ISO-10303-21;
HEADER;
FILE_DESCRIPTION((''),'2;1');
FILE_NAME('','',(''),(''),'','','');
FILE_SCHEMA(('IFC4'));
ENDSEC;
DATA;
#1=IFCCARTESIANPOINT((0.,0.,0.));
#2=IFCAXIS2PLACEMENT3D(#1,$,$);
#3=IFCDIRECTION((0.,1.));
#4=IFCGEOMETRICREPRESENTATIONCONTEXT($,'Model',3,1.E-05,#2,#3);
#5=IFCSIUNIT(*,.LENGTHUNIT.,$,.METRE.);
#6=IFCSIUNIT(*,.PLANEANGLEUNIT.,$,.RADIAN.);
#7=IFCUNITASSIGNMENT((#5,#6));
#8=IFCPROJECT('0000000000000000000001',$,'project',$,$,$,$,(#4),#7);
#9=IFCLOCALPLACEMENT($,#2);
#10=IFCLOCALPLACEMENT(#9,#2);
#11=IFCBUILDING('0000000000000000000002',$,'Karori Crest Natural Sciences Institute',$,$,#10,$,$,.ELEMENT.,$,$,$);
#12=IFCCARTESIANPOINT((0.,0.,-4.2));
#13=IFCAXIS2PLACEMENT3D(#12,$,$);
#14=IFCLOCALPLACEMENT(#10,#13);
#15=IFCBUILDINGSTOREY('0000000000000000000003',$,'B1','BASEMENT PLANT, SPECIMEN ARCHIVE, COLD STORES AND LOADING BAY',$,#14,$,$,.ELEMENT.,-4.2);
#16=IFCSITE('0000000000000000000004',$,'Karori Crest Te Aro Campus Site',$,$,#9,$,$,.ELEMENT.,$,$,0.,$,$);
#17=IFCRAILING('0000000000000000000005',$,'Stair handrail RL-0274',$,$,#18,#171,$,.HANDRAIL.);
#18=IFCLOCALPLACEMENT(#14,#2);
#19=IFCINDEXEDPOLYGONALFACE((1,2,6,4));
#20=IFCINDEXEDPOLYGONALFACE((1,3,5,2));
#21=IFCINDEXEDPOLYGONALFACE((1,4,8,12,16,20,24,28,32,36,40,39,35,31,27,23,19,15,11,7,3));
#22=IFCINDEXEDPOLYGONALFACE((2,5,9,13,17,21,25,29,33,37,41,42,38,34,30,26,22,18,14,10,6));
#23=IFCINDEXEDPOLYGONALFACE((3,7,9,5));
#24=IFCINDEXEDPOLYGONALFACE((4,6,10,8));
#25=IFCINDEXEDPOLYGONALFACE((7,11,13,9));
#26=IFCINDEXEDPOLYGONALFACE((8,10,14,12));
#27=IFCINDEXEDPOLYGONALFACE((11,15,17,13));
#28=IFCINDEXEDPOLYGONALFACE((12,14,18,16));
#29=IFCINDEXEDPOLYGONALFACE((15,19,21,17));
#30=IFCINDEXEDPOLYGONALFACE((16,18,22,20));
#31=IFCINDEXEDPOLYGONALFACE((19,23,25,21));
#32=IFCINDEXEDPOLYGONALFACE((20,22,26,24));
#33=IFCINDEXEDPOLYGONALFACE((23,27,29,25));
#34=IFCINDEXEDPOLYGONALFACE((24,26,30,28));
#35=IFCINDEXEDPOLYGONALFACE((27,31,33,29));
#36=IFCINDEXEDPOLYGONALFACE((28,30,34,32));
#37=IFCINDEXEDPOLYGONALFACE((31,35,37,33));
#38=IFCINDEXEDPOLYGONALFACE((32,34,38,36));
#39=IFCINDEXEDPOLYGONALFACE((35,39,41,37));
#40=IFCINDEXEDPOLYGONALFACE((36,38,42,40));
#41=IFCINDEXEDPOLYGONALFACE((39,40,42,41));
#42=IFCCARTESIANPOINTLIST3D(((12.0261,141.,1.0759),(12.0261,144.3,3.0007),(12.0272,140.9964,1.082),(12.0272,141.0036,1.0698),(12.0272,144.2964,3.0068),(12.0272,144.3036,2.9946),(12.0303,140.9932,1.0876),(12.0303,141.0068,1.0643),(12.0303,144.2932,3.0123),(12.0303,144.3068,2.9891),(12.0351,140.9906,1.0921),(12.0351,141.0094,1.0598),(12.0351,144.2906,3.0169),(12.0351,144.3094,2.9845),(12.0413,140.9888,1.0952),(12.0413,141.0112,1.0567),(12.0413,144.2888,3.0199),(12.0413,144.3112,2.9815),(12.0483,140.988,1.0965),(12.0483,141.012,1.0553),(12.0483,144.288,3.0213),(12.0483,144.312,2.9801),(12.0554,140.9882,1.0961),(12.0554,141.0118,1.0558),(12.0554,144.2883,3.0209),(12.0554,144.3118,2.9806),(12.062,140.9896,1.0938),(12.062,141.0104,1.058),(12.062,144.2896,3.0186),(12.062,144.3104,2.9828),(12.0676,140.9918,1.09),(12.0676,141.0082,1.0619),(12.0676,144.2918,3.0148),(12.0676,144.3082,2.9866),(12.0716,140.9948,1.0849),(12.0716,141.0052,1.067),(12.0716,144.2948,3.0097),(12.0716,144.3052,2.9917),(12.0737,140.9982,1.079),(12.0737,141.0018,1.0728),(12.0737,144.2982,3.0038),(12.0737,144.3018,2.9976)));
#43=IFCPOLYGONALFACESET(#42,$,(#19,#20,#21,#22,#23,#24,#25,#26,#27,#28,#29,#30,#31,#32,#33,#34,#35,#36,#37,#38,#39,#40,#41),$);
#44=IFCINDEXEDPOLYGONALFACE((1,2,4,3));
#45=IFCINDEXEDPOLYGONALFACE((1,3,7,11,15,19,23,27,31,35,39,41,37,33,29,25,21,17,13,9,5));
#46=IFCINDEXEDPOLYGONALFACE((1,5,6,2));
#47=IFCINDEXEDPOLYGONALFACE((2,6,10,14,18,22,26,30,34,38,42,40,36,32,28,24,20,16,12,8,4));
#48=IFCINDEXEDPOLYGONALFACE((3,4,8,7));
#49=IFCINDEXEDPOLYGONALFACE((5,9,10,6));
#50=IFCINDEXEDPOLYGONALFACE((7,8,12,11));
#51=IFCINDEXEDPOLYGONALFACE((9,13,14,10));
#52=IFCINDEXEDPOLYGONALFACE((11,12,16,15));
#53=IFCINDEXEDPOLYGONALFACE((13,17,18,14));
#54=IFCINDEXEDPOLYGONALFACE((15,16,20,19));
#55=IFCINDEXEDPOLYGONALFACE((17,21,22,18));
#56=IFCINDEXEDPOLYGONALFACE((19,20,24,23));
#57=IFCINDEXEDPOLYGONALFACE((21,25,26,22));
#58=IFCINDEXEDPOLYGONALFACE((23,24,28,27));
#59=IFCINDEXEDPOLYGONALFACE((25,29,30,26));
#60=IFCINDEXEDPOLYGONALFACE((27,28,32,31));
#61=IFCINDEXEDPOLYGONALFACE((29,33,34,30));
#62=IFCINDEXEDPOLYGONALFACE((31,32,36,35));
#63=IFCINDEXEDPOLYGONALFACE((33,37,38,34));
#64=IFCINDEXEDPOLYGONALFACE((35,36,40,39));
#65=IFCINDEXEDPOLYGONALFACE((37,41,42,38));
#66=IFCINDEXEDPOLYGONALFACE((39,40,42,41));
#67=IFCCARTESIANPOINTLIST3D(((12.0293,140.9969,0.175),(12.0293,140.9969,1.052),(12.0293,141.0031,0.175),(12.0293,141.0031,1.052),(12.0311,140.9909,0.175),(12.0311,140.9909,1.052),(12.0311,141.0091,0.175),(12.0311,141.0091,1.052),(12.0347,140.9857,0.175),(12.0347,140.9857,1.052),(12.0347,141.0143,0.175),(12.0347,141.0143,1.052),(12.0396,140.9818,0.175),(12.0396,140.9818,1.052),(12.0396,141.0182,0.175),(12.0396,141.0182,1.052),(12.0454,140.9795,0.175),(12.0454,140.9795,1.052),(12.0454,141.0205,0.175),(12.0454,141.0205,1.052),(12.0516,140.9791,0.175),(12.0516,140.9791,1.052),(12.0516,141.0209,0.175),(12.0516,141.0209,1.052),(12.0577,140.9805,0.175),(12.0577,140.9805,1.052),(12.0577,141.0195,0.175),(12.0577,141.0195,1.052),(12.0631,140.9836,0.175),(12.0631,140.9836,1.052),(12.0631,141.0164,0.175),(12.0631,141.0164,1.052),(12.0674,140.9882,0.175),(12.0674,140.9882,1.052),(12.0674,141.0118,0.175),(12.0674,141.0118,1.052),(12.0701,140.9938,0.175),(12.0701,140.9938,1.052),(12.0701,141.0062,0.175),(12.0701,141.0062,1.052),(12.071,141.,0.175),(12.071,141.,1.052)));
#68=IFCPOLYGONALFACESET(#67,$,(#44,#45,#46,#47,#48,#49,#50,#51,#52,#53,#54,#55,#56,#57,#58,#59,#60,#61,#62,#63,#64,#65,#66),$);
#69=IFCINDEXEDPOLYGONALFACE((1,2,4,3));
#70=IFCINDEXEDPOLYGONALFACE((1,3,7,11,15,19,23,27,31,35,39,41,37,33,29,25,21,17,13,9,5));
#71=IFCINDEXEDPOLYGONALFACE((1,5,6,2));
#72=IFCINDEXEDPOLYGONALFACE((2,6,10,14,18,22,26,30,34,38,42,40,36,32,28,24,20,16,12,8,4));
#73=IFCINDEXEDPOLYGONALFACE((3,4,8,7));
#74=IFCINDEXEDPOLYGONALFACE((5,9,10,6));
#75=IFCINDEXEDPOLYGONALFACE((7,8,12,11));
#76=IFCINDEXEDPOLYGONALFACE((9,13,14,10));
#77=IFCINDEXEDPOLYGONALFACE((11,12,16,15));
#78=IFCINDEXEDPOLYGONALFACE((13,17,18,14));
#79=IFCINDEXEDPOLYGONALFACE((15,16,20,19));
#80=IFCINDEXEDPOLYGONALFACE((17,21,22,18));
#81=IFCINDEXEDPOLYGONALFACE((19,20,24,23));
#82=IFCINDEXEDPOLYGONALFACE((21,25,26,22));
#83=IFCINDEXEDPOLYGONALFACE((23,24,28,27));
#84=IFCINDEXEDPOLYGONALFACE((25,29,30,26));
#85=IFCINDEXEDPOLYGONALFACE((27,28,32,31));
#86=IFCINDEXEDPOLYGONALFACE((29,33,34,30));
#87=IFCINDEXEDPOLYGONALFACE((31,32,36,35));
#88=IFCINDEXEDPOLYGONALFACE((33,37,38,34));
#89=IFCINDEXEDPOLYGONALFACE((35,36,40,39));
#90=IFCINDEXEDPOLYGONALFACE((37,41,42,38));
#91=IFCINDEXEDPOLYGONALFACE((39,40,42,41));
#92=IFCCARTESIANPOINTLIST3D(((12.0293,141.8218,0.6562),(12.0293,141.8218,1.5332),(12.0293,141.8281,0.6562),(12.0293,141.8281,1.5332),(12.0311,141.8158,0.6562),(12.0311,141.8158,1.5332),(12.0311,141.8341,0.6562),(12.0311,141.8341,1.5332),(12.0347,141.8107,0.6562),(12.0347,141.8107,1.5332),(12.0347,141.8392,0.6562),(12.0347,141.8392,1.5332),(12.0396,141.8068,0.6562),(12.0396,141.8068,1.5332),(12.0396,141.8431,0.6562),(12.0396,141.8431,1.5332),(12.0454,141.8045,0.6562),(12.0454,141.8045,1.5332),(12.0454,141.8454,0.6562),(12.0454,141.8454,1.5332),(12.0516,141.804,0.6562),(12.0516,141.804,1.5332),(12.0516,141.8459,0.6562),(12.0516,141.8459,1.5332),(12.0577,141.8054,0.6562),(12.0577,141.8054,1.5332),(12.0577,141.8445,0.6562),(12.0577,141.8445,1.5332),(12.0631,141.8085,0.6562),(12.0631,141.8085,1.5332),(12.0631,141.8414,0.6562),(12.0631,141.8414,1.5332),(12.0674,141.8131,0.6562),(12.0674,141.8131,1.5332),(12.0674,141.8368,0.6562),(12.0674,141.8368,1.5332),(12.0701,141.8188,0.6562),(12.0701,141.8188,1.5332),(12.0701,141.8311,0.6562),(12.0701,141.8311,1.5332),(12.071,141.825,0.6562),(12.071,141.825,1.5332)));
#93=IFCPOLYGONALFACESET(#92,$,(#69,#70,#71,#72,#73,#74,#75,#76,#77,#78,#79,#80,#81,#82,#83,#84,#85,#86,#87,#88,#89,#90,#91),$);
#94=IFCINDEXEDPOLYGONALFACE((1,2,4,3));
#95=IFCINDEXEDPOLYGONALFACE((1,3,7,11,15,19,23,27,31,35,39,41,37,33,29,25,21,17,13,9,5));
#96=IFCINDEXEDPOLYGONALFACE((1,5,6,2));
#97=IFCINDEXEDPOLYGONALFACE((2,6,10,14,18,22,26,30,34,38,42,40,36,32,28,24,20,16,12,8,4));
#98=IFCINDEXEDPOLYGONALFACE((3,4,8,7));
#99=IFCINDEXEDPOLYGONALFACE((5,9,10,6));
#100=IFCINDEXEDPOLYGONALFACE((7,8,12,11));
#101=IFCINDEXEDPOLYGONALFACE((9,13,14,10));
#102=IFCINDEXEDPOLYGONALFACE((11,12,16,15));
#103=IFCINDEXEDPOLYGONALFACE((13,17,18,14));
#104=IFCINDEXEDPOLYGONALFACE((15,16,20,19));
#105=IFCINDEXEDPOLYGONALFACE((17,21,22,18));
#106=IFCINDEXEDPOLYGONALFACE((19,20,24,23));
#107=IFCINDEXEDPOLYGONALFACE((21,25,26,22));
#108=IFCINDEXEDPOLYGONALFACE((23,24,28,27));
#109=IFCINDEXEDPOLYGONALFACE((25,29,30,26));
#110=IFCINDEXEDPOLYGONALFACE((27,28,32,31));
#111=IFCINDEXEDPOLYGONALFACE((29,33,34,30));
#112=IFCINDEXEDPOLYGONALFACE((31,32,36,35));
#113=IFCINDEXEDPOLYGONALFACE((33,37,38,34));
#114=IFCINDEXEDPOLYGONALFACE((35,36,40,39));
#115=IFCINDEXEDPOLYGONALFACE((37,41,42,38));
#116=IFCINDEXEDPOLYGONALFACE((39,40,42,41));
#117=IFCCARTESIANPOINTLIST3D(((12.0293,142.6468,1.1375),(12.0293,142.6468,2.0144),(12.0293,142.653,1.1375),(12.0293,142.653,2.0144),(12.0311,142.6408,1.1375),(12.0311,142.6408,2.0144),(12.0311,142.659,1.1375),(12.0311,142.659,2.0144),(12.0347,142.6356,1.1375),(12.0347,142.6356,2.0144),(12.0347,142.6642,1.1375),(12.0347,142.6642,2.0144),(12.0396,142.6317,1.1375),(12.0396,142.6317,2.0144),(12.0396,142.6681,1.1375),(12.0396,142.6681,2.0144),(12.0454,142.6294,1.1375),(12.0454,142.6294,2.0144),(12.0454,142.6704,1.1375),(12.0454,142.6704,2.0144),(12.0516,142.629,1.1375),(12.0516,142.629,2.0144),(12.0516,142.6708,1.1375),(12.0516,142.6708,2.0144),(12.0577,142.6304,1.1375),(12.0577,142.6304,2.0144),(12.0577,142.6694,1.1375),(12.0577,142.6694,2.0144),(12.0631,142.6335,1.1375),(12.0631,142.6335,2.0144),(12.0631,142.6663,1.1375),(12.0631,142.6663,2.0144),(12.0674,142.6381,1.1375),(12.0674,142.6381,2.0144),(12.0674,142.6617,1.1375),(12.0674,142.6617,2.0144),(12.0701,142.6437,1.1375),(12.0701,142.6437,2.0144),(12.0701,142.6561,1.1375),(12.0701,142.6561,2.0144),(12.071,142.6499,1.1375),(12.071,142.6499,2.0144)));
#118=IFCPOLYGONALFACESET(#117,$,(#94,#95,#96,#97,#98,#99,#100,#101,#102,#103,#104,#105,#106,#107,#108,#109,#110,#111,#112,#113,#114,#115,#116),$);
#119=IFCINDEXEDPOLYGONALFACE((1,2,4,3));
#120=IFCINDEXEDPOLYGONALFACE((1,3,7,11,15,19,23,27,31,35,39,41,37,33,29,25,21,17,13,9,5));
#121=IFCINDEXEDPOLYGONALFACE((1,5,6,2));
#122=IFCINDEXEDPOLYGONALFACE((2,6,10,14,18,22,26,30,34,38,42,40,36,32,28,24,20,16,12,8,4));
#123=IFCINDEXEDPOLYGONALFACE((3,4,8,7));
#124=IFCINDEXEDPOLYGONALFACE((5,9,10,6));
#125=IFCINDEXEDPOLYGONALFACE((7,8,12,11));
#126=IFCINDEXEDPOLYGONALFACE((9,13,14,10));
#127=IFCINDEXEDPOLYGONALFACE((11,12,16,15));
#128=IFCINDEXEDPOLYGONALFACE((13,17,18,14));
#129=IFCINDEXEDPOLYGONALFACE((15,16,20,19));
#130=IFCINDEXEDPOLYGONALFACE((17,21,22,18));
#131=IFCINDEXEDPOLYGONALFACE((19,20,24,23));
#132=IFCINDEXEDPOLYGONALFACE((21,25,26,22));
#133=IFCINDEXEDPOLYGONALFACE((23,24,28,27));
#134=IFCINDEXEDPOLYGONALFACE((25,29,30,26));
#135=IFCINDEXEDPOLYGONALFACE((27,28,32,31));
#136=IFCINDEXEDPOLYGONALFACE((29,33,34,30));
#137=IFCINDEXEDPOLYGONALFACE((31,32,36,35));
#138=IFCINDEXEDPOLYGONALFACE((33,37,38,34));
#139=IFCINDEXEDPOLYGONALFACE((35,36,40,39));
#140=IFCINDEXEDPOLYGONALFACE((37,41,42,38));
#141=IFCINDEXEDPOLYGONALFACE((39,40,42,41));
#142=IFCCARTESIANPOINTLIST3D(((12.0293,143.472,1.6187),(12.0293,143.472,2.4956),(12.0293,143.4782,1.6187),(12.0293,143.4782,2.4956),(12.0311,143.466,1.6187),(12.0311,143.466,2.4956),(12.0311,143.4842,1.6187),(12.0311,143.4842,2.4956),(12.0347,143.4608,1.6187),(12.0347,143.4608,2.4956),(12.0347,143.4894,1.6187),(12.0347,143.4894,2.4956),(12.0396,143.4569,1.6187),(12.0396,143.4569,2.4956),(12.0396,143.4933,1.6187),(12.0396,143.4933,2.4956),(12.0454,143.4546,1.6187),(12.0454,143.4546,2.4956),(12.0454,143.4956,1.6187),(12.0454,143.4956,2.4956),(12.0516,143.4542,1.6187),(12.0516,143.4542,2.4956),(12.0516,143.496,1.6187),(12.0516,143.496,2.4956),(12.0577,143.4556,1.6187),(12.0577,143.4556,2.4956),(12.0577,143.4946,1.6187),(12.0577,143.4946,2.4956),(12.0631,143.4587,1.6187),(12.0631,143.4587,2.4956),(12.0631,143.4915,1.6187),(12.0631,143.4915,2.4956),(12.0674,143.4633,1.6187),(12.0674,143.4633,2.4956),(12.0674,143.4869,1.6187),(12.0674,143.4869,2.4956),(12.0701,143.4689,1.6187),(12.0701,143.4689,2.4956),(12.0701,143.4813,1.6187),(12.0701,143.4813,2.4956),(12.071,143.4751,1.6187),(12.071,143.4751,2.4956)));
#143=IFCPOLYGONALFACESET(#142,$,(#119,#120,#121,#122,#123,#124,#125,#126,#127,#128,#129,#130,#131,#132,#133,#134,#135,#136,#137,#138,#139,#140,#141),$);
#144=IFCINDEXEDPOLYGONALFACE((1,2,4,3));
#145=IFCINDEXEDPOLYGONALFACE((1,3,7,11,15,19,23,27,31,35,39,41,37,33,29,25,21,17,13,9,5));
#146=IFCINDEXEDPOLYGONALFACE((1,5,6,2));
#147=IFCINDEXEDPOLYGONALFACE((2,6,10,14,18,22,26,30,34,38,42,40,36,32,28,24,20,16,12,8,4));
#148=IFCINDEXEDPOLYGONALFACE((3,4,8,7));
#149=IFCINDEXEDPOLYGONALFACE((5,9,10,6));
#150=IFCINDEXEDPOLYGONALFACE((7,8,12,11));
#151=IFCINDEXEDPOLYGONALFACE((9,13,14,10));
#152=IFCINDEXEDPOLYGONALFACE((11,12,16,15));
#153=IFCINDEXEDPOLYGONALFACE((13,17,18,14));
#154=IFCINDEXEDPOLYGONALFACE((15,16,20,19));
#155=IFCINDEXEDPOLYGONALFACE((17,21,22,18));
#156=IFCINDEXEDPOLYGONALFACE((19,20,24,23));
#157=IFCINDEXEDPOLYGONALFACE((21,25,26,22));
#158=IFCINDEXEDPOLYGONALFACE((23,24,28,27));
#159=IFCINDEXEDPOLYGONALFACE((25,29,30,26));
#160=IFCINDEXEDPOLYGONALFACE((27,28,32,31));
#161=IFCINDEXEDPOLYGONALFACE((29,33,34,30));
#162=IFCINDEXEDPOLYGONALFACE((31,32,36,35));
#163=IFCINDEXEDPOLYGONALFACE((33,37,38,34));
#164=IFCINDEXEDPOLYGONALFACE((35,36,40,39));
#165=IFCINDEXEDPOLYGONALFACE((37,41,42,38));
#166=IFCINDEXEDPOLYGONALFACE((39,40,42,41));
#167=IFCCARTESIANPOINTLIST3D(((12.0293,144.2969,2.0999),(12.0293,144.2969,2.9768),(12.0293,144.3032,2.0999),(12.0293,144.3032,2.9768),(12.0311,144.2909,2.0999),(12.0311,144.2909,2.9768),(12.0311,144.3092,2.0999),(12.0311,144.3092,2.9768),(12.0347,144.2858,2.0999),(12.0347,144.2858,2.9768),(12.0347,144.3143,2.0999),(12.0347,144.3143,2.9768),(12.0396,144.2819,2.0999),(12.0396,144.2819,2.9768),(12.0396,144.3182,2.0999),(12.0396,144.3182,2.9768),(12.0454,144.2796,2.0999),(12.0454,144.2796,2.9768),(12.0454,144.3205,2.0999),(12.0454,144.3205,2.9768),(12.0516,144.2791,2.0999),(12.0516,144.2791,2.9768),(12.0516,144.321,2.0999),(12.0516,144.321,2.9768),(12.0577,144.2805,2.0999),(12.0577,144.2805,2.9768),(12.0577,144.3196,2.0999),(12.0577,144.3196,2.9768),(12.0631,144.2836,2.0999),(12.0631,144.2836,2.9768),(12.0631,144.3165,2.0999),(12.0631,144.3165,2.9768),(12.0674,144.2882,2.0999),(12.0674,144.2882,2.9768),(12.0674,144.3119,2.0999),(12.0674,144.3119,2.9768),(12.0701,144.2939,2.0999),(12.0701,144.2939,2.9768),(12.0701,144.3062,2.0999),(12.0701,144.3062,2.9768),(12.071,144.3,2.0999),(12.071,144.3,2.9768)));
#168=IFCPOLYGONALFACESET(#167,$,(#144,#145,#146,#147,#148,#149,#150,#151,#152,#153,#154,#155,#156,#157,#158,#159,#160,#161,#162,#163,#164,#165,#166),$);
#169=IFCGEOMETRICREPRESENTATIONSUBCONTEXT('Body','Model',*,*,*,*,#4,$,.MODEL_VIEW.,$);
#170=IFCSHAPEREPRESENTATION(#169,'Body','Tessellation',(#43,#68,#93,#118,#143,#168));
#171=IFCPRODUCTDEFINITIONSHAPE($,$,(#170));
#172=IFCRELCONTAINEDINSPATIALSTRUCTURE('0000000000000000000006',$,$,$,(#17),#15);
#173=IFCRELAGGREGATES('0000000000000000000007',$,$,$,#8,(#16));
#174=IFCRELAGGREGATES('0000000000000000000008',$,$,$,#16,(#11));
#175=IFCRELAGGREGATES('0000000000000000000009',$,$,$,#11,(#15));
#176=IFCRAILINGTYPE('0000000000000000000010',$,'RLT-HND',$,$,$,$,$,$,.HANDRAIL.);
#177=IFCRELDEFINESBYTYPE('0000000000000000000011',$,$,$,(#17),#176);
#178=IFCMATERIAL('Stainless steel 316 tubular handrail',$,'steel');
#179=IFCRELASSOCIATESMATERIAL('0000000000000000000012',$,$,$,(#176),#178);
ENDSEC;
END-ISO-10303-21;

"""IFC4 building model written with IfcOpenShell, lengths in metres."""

from ifc_helpers import new_model, si_unit, direction, frame, origin, origin_2d, place, context, subcontext, project, spatial, circle, extrude, material, type_object, element, save


model = new_model("IFC4")

# Units and contexts
model_context = context("Model", 3, precision=1e-05, world=origin(), true_north=direction((0.0, 1.0)))
body_context = subcontext(model_context, "Body", "Model", "MODEL_VIEW")
ifc_project = project(units=[si_unit("LENGTHUNIT", "METRE"), si_unit("PLANEANGLEUNIT", "RADIAN")], contexts=[model_context])

# Site, building, storey
site_placement = place(None, origin())
site = spatial("IfcSite", under=ifc_project, at=site_placement, Name="Karori Crest Te Aro Campus Site", CompositionType="ELEMENT", RefElevation=0.0)
building_placement = place(site_placement, origin())
building = spatial("IfcBuilding", under=site, at=building_placement, Name="Karori Crest Natural Sciences Institute", CompositionType="ELEMENT")
storey_placement = place(building_placement, frame((0.0, 0.0, -4.2)))
storey = spatial("IfcBuildingStorey", under=building, at=storey_placement, Name="B1", Description="BASEMENT PLANT, SPECIMEN ARCHIVE, COLD STORES AND LOADING BAY", CompositionType="ELEMENT", Elevation=-4.2)

# Railing
ifc_material_1 = material(Name="Stainless steel 316 tubular handrail", Category="steel")
railing_type_1 = type_object("IfcRailingType", Name="RLT-HND", PredefinedType="HANDRAIL", material=ifc_material_1)
railing_1_placement = place(storey_placement, frame((12.05, 141.0, 0.175)))
element("IfcRailing", 1, at=railing_1_placement, inside=storey, type_object=railing_type_1, Name="Stair handrail RL-0274", PredefinedType="HANDRAIL", context=body_context, shape_type="SweptSolid", body=[
    extrude(circle(Radius=0.0239, at=origin_2d()), frame((0.0, 0.0, 0.9009), z_axis=(0.0, 0.863804, 0.503827), x_axis=(-1.0, 0.0, 0.0)), (0.0, 0.0, 1.0), 3.8203),
    extrude(circle(Radius=0.021, at=origin_2d()), origin(), (0.0, 0.0, 1.0), 0.877),
    extrude(circle(Radius=0.021, at=origin_2d()), frame((0.0, 0.825, 0.4812)), (0.0, 0.0, 1.0), 0.877),
    extrude(circle(Radius=0.021, at=origin_2d()), frame((0.0, 1.6499, 0.9624)), (0.0, 0.0, 1.0), 0.877),
    extrude(circle(Radius=0.021, at=origin_2d()), frame((0.0, 2.4751, 1.4436)), (0.0, 0.0, 1.0), 0.877),
    extrude(circle(Radius=0.021, at=origin_2d()), frame((0.0, 3.3, 1.9248)), (0.0, 0.0, 1.0), 0.877),
])

save(model, "model.ifc")
